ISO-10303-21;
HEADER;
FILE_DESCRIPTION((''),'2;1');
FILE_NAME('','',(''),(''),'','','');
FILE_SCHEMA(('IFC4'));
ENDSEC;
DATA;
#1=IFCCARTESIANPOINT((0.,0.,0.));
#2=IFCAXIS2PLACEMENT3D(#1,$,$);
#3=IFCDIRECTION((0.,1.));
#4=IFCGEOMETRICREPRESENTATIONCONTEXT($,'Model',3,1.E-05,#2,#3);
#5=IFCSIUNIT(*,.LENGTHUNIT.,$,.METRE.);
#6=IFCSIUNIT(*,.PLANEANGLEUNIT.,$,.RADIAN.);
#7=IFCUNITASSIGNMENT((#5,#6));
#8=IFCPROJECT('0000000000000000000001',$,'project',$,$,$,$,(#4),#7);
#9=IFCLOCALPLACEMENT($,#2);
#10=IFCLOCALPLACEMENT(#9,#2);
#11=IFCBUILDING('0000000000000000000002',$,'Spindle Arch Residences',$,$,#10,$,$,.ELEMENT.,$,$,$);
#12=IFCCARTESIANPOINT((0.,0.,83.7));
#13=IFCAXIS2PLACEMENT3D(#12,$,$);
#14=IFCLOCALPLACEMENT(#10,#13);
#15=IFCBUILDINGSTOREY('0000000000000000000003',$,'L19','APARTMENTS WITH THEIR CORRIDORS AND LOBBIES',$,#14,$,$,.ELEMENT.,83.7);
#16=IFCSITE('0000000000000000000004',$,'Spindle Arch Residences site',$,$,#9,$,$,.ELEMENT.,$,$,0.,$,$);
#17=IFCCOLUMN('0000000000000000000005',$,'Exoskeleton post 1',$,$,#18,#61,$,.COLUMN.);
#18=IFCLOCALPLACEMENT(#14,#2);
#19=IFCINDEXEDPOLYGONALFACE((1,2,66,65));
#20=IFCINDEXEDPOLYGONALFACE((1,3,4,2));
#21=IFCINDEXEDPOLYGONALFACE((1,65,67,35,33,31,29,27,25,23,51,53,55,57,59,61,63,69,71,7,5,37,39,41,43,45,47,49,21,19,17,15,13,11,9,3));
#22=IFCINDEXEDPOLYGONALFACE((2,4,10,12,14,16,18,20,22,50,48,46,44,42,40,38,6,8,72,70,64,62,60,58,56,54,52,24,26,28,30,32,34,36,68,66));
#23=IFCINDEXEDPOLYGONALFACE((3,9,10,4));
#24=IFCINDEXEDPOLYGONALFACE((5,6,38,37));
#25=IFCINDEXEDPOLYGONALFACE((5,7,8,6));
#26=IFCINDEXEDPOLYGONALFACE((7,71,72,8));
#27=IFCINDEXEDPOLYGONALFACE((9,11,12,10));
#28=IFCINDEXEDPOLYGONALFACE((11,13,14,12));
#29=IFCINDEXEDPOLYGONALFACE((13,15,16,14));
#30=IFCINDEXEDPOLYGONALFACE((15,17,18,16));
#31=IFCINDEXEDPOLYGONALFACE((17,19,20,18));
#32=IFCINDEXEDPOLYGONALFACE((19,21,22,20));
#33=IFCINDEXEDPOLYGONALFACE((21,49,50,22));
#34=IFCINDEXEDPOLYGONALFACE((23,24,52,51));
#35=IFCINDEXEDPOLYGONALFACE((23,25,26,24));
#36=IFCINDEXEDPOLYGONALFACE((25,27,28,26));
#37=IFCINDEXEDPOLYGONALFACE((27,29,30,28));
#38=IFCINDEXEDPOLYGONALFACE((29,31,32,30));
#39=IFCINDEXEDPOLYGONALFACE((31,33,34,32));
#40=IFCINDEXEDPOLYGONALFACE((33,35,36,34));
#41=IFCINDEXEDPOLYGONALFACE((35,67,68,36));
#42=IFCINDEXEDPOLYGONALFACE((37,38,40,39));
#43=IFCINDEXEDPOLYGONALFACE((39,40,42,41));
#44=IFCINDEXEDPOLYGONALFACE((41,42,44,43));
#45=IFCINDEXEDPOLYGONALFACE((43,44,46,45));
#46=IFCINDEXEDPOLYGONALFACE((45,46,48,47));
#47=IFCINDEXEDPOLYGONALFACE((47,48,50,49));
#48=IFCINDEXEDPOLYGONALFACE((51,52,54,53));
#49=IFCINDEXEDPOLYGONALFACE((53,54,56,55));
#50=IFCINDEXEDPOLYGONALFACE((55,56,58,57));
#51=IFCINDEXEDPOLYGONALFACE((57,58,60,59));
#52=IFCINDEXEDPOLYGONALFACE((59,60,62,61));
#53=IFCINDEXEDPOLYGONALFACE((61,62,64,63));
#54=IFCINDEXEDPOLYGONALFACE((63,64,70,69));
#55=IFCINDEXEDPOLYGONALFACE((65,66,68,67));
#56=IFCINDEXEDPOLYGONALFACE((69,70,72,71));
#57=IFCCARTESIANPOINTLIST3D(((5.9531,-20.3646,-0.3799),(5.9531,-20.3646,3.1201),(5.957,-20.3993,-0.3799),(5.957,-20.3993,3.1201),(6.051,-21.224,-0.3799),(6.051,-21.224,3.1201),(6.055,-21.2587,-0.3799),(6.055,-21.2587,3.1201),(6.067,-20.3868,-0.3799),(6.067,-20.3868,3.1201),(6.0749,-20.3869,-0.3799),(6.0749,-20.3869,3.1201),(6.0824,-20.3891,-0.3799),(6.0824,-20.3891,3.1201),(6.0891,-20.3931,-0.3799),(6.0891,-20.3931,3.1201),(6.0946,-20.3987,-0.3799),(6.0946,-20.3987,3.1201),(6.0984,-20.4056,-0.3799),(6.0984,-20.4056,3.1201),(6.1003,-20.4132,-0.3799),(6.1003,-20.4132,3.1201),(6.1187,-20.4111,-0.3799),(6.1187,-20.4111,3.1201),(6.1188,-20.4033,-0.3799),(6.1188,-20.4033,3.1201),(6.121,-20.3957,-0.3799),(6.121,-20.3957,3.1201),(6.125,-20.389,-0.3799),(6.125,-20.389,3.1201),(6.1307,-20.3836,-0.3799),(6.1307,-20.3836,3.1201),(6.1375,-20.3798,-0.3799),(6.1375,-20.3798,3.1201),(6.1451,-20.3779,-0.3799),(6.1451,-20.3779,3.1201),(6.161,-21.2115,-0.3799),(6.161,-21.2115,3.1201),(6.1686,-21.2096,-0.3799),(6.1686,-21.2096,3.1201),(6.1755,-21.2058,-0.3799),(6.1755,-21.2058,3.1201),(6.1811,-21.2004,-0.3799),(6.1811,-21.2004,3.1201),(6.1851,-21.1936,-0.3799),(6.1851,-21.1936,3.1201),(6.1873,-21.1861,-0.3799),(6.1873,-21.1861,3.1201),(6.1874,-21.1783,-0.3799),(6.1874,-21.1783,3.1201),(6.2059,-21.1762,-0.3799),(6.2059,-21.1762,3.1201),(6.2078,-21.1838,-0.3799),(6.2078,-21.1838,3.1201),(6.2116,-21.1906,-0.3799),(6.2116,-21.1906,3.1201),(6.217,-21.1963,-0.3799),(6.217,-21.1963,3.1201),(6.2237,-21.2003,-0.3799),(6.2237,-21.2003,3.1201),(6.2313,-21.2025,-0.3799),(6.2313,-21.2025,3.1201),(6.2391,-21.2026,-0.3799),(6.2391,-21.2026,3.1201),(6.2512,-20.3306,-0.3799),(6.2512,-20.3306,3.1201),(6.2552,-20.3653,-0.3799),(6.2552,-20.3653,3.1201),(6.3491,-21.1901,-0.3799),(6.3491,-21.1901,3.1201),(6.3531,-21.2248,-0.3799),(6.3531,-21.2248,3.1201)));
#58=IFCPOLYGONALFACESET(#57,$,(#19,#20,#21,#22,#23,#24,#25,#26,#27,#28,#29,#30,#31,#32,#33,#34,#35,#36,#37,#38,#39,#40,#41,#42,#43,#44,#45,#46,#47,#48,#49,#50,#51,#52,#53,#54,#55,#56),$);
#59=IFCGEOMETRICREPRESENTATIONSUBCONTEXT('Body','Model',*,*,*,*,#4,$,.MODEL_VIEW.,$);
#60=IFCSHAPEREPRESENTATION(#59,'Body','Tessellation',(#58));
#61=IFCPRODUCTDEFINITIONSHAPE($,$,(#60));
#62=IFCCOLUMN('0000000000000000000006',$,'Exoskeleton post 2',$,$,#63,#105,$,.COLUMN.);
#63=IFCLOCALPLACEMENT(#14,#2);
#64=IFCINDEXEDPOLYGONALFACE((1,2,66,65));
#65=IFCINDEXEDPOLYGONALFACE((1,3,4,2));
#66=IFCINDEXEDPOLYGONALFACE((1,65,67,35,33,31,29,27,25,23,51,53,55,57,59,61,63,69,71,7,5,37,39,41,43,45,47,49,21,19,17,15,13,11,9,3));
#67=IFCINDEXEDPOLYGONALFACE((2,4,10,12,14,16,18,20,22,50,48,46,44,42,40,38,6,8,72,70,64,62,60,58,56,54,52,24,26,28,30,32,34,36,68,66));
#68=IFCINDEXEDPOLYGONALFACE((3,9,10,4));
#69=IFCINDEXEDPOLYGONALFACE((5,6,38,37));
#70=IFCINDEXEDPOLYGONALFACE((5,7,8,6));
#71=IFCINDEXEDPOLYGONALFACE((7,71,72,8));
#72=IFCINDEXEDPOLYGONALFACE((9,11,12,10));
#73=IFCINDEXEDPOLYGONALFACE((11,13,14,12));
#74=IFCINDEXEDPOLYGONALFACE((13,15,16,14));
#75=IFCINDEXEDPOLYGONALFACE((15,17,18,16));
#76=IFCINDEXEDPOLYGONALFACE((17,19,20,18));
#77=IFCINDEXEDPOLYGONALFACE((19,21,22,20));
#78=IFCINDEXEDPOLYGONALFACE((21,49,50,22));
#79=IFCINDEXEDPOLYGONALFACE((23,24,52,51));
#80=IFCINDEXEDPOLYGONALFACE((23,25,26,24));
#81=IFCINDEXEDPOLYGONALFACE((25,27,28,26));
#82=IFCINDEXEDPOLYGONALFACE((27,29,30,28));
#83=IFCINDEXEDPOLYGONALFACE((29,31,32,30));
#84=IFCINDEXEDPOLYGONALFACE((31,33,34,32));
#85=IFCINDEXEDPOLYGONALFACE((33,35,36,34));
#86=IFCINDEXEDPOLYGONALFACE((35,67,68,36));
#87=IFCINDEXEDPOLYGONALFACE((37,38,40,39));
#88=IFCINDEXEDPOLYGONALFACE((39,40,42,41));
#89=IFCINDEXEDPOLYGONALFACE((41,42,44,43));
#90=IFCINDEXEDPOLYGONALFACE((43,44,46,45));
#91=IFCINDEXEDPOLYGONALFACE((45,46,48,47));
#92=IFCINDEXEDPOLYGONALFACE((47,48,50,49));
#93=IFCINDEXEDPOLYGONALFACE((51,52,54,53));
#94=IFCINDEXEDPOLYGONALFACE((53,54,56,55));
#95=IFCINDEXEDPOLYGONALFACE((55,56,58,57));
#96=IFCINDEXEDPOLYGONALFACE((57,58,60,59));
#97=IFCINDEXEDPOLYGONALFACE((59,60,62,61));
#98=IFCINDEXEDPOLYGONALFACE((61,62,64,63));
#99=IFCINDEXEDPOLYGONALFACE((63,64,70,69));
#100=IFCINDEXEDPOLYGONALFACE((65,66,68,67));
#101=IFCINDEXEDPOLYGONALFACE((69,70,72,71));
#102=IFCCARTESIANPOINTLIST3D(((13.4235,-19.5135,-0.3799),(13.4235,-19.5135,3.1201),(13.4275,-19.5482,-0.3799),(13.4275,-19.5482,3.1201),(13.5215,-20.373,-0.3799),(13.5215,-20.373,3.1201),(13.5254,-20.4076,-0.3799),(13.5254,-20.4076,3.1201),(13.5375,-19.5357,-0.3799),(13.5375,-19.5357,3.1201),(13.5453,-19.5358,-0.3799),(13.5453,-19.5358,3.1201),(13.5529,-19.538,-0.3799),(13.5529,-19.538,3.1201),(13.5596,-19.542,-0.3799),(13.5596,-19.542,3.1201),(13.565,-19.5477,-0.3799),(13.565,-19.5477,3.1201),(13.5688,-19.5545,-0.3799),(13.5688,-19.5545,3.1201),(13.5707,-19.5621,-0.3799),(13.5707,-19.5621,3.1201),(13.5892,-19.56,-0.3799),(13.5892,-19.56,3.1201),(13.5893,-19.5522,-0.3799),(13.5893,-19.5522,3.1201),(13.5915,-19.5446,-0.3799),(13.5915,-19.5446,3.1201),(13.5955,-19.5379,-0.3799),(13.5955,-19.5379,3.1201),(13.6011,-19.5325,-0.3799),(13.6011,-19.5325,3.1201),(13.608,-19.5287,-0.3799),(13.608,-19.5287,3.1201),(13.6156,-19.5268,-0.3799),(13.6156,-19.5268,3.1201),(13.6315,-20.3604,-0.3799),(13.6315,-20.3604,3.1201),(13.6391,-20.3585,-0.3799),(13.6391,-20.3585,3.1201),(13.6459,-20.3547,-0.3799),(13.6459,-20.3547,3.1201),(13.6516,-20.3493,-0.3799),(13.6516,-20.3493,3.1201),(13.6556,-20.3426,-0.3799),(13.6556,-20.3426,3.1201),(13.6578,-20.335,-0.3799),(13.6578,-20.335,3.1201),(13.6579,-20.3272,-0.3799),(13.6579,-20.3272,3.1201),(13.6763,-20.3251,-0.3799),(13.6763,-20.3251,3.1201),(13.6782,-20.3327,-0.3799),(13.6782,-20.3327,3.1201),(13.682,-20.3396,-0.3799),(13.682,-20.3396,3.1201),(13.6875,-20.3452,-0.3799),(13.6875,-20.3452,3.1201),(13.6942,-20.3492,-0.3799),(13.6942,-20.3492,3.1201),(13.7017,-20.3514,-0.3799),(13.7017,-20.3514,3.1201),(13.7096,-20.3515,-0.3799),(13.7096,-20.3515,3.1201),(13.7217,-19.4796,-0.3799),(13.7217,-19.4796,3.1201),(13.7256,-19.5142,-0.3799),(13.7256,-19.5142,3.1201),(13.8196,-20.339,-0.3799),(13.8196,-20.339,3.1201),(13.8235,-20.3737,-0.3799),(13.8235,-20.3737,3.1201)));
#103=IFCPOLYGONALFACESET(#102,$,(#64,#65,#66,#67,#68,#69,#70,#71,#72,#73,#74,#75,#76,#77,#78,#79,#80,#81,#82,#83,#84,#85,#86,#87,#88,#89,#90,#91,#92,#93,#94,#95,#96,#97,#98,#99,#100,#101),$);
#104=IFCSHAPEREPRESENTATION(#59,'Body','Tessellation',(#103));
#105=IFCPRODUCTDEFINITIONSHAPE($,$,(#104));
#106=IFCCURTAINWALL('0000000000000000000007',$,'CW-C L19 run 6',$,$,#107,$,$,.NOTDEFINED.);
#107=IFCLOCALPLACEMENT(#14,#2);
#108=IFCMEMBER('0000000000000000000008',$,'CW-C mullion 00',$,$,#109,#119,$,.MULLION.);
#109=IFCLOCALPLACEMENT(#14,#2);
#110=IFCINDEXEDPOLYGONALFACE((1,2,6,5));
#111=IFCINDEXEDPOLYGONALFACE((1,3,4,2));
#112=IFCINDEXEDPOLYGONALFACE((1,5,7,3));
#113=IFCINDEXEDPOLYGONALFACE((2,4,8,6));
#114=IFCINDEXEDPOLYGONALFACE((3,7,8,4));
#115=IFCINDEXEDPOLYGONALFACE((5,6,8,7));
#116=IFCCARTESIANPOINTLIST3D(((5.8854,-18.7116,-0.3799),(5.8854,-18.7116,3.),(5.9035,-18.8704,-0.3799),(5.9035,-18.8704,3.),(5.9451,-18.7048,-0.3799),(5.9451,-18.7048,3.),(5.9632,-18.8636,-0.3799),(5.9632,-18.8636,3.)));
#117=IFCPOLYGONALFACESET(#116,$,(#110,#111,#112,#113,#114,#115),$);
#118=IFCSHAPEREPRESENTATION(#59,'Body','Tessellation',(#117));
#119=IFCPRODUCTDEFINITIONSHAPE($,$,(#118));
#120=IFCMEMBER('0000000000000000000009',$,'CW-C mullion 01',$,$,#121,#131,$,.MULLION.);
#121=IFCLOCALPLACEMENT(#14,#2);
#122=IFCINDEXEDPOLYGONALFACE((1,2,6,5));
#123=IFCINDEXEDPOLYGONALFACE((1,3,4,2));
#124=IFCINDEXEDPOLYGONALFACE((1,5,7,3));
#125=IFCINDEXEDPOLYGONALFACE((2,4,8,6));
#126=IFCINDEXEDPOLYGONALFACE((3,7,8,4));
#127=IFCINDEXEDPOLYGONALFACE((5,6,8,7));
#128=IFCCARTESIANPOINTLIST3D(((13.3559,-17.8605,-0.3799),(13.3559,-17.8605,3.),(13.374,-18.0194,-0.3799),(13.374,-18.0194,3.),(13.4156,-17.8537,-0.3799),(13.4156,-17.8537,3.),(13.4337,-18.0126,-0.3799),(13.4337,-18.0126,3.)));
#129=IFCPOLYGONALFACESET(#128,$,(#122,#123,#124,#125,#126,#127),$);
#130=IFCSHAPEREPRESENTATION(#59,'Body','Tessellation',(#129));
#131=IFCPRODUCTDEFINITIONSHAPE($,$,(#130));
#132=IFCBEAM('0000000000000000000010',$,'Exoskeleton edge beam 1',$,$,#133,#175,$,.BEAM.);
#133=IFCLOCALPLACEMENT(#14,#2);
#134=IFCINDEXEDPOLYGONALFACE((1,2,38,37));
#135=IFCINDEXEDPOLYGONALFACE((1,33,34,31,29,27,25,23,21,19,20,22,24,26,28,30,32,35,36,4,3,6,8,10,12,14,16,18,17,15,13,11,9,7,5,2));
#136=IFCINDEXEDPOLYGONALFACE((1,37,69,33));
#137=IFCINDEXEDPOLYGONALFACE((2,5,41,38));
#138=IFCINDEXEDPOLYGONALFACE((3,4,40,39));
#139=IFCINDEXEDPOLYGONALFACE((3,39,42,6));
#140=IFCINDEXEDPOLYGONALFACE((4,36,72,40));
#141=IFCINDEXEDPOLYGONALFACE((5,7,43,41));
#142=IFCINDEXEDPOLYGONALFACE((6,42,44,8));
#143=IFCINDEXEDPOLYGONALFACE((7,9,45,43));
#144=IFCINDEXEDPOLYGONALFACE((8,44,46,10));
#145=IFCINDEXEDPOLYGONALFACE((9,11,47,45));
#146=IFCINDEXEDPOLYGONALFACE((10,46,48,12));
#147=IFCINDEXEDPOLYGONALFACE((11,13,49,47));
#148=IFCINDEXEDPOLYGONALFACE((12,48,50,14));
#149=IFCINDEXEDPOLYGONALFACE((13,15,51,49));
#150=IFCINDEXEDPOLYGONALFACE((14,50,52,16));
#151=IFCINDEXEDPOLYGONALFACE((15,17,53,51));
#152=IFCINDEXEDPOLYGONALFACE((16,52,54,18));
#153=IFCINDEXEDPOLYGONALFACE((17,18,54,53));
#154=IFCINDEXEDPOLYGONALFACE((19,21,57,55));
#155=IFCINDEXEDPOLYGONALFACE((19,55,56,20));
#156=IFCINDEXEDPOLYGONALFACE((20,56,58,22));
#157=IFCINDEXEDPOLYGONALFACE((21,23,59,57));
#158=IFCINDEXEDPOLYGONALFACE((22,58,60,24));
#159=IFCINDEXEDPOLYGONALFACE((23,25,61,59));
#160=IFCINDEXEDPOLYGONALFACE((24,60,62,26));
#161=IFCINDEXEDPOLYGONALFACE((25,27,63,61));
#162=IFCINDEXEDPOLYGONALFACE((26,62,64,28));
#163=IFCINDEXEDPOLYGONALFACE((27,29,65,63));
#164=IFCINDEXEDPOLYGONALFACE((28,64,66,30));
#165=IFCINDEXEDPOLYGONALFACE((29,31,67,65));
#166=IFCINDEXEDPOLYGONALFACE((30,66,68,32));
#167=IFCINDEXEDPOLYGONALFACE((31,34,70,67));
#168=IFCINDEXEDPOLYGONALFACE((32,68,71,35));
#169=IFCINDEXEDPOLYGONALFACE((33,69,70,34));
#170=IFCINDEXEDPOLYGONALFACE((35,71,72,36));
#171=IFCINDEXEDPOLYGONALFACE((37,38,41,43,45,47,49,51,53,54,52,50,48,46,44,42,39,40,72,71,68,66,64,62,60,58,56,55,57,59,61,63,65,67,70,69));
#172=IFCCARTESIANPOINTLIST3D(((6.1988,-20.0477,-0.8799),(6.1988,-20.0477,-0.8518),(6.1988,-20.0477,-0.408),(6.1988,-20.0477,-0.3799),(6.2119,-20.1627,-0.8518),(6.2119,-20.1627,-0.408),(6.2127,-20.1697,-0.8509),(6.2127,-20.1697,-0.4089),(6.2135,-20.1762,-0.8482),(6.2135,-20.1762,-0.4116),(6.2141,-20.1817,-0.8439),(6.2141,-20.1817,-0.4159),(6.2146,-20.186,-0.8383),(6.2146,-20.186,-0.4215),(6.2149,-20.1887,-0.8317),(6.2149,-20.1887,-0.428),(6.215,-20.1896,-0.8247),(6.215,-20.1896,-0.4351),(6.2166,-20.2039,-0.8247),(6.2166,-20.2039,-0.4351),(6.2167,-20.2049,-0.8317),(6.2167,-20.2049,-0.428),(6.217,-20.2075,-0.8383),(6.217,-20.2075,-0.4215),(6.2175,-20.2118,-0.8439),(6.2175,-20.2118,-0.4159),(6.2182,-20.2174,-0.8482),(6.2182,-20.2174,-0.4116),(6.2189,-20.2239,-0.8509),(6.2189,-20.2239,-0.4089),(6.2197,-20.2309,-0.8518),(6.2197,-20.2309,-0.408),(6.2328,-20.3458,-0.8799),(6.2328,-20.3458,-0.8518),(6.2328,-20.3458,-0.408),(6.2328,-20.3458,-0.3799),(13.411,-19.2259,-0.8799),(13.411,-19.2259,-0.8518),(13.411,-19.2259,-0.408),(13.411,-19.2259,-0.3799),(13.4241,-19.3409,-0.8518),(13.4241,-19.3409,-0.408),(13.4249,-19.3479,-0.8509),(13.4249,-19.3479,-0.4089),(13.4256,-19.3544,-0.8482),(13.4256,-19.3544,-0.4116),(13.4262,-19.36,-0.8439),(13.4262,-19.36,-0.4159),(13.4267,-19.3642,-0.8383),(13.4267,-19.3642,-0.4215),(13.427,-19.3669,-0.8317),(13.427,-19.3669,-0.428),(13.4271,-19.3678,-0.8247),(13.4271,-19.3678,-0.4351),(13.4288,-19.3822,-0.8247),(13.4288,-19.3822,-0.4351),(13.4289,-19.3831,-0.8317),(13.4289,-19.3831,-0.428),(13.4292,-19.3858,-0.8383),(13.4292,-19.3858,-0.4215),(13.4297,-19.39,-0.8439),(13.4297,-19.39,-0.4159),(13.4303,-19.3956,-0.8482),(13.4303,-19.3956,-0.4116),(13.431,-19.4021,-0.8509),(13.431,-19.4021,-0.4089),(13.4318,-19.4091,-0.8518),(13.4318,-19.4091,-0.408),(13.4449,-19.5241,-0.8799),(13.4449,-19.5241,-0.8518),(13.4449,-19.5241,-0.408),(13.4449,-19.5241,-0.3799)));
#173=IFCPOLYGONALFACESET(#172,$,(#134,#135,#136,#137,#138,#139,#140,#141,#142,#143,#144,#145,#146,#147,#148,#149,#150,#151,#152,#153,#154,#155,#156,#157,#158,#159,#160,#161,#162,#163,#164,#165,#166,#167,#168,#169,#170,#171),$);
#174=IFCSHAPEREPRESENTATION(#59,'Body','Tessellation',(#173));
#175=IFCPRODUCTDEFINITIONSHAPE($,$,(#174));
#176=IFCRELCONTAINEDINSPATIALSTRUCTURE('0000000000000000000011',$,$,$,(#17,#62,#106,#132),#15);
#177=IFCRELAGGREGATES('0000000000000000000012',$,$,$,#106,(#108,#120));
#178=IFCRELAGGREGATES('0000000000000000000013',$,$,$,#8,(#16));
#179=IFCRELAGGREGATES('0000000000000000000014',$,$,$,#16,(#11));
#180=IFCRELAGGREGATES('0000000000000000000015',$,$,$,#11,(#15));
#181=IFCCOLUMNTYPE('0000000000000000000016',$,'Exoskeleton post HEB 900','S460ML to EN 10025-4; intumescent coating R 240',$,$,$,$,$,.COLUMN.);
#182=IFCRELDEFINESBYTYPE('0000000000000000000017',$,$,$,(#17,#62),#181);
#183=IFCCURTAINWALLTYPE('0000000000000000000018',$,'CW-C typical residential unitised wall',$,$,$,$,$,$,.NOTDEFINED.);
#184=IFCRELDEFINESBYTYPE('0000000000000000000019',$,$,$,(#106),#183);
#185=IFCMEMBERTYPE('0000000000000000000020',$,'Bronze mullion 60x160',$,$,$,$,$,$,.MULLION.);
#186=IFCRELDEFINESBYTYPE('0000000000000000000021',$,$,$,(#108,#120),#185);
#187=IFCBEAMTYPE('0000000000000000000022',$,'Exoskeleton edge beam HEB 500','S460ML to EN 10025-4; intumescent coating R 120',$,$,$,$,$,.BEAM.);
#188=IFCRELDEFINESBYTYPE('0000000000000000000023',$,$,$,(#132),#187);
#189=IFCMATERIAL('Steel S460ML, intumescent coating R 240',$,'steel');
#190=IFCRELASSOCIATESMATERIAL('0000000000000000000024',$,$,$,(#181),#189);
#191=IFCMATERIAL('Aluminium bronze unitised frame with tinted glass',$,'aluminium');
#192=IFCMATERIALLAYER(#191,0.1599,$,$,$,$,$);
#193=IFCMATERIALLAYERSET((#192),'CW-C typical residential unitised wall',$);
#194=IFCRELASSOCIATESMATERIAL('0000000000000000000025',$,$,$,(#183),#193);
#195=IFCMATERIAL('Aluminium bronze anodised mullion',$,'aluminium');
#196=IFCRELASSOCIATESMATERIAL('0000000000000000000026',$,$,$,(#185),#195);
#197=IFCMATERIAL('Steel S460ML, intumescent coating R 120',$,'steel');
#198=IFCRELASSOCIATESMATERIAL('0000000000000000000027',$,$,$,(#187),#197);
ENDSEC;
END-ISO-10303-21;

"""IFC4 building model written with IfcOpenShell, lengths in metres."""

from ifc_helpers import new_model, si_unit, direction, frame, origin, origin_2d, place, context, subcontext, project, spatial, rectangle, i_section, extrude, material, layer, layer_set, material_profile, profile_set, type_object, element, aggregate, save


model = new_model("IFC4")

# Units and contexts
model_context = context("Model", 3, precision=1e-05, world=origin(), true_north=direction((0.0, 1.0)))
body_context = subcontext(model_context, "Body", "Model", "MODEL_VIEW")
ifc_project = project(units=[si_unit("LENGTHUNIT", "METRE"), si_unit("PLANEANGLEUNIT", "RADIAN")], contexts=[model_context])

# Site, building, storey
site_placement = place(None, origin())
site = spatial("IfcSite", under=ifc_project, at=site_placement, Name="Spindle Arch Residences site", CompositionType="ELEMENT", RefElevation=0.0)
building_placement = place(site_placement, origin())
building = spatial("IfcBuilding", under=site, at=building_placement, Name="Spindle Arch Residences", CompositionType="ELEMENT")
storey_placement = place(building_placement, frame((0.0, 0.0, 83.7)))
storey = spatial("IfcBuildingStorey", under=building, at=storey_placement, Name="L19", Description="APARTMENTS WITH THEIR CORRIDORS AND LOBBIES", CompositionType="ELEMENT", Elevation=83.7)

# Columns
ifc_material_1 = material(Name="Steel S460ML, intumescent coating R 240", Category="steel")
ifc_material_profile_1 = material_profile(ifc_material_1, i_section(OverallWidth=0.3, OverallDepth=0.8999, WebThickness=0.0186, FlangeThickness=0.0349, FilletRadius=0.03, at=origin_2d()), Name="HEB 900")
ifc_profile_set_1 = profile_set([ifc_material_profile_1], Name="Steel S460ML, intumescent coating R 240")
column_type = type_object("IfcColumnType", Name="Exoskeleton post HEB 900", Description="S460ML to EN 10025-4; intumescent coating R 240", PredefinedType="COLUMN", material=ifc_profile_set_1)
for number, where, z_axis, x_axis, name in (
    (1, (6.1531, -20.7947, -0.3799), (0.0, 0.0, 1.0), (-0.993572, -0.113203, 0.0), "Exoskeleton post 1"),
    (2, (13.6235, -19.9436, -0.3799), (0.0, 0.0, 1.0), (-0.993572, -0.113203, 0.0), "Exoskeleton post 2"),
):
    element("IfcColumn", number, at=place(storey_placement, frame(where, z_axis=z_axis, x_axis=x_axis)), inside=storey, type_object=column_type, Name=name, PredefinedType="COLUMN", context=body_context, shape_type="SweptSolid", body=[
        extrude(i_section(OverallWidth=0.3, OverallDepth=0.8999, WebThickness=0.0186, FlangeThickness=0.0349, FilletRadius=0.03, at=origin_2d()), origin(), (0.0, 0.0, 1.0), 3.5),
    ])

# Curtain wall, members
ifc_material_2 = material(Name="Aluminium bronze unitised frame with tinted glass", Category="aluminium")
ifc_layer_1 = layer(ifc_material_2, 0.1599)
ifc_layer_set_1 = layer_set([ifc_layer_1], Name="CW-C typical residential unitised wall")
curtain_wall_type = type_object("IfcCurtainWallType", Name="CW-C typical residential unitised wall", PredefinedType="NOTDEFINED", material=ifc_layer_set_1)
curtain_wall_placement = place(storey_placement, origin())
curtain_wall = element("IfcCurtainWall", 3, at=curtain_wall_placement, inside=storey, type_object=curtain_wall_type, Name="CW-C L19 run 6", PredefinedType="NOTDEFINED")
ifc_material_3 = material(Name="Aluminium bronze anodised mullion", Category="aluminium")
ifc_material_profile_2 = material_profile(ifc_material_3, rectangle(XDim=0.1599, YDim=0.0601, at=origin_2d()), Name="MU 60x160")
ifc_profile_set_2 = profile_set([ifc_material_profile_2], Name="Aluminium bronze anodised mullion")
member_type = type_object("IfcMemberType", Name="Bronze mullion 60x160", PredefinedType="MULLION", material=ifc_profile_set_2)
member_1_placement = place(storey_placement, frame((5.9243, -18.7876, -0.3799), z_axis=(0.0, 0.0, 1.0), x_axis=(-0.113203, 0.993572, 0.0)))
member_1 = element("IfcMember", 4, at=member_1_placement, type_object=member_type, Name="CW-C mullion 00", PredefinedType="MULLION", context=body_context, shape_type="SweptSolid", body=[
    extrude(rectangle(XDim=0.1599, YDim=0.0601, at=origin_2d()), origin(), (0.0, 0.0, 1.0), 3.3799),
])
member_2_placement = place(storey_placement, frame((13.3948, -17.9365, -0.3799), z_axis=(0.0, 0.0, 1.0), x_axis=(-0.113203, 0.993572, 0.0)))
member_2 = element("IfcMember", 5, at=member_2_placement, type_object=member_type, Name="CW-C mullion 01", PredefinedType="MULLION", context=body_context, shape_type="SweptSolid", body=[
    extrude(rectangle(XDim=0.1599, YDim=0.0601, at=origin_2d()), origin(), (0.0, 0.0, 1.0), 3.3799),
])

# Beam
ifc_material_4 = material(Name="Steel S460ML, intumescent coating R 120", Category="steel")
ifc_material_profile_3 = material_profile(ifc_material_4, i_section(OverallWidth=0.3, OverallDepth=0.5, WebThickness=0.0144, FlangeThickness=0.0281, FilletRadius=0.0271, at=origin_2d()), Name="HEB 500")
ifc_profile_set_3 = profile_set([ifc_material_profile_3], Name="Steel S460ML, intumescent coating R 120")
beam_type_1 = type_object("IfcBeamType", Name="Exoskeleton edge beam HEB 500", Description="S460ML to EN 10025-4; intumescent coating R 120", PredefinedType="BEAM", material=ifc_profile_set_3)
for number, where, z_axis, x_axis, name in (
    (6, (6.2158, -20.1968, -0.6299), (0.993571, 0.113211, 0.0), (-0.113211, 0.993571, 0.0), "Exoskeleton edge beam 1"),
):
    element("IfcBeam", number, at=place(storey_placement, frame(where, z_axis=z_axis, x_axis=x_axis)), inside=storey, type_object=beam_type_1, Name=name, PredefinedType="BEAM", context=body_context, shape_type="SweptSolid", body=[
        extrude(i_section(OverallWidth=0.3, OverallDepth=0.5, WebThickness=0.0144, FlangeThickness=0.0281, FilletRadius=0.0271, at=origin_2d()), origin(), (0.0, 0.0, 1.0), 7.2588),
    ])

aggregate(curtain_wall, [member_1, member_2])

save(model, "model.ifc")
